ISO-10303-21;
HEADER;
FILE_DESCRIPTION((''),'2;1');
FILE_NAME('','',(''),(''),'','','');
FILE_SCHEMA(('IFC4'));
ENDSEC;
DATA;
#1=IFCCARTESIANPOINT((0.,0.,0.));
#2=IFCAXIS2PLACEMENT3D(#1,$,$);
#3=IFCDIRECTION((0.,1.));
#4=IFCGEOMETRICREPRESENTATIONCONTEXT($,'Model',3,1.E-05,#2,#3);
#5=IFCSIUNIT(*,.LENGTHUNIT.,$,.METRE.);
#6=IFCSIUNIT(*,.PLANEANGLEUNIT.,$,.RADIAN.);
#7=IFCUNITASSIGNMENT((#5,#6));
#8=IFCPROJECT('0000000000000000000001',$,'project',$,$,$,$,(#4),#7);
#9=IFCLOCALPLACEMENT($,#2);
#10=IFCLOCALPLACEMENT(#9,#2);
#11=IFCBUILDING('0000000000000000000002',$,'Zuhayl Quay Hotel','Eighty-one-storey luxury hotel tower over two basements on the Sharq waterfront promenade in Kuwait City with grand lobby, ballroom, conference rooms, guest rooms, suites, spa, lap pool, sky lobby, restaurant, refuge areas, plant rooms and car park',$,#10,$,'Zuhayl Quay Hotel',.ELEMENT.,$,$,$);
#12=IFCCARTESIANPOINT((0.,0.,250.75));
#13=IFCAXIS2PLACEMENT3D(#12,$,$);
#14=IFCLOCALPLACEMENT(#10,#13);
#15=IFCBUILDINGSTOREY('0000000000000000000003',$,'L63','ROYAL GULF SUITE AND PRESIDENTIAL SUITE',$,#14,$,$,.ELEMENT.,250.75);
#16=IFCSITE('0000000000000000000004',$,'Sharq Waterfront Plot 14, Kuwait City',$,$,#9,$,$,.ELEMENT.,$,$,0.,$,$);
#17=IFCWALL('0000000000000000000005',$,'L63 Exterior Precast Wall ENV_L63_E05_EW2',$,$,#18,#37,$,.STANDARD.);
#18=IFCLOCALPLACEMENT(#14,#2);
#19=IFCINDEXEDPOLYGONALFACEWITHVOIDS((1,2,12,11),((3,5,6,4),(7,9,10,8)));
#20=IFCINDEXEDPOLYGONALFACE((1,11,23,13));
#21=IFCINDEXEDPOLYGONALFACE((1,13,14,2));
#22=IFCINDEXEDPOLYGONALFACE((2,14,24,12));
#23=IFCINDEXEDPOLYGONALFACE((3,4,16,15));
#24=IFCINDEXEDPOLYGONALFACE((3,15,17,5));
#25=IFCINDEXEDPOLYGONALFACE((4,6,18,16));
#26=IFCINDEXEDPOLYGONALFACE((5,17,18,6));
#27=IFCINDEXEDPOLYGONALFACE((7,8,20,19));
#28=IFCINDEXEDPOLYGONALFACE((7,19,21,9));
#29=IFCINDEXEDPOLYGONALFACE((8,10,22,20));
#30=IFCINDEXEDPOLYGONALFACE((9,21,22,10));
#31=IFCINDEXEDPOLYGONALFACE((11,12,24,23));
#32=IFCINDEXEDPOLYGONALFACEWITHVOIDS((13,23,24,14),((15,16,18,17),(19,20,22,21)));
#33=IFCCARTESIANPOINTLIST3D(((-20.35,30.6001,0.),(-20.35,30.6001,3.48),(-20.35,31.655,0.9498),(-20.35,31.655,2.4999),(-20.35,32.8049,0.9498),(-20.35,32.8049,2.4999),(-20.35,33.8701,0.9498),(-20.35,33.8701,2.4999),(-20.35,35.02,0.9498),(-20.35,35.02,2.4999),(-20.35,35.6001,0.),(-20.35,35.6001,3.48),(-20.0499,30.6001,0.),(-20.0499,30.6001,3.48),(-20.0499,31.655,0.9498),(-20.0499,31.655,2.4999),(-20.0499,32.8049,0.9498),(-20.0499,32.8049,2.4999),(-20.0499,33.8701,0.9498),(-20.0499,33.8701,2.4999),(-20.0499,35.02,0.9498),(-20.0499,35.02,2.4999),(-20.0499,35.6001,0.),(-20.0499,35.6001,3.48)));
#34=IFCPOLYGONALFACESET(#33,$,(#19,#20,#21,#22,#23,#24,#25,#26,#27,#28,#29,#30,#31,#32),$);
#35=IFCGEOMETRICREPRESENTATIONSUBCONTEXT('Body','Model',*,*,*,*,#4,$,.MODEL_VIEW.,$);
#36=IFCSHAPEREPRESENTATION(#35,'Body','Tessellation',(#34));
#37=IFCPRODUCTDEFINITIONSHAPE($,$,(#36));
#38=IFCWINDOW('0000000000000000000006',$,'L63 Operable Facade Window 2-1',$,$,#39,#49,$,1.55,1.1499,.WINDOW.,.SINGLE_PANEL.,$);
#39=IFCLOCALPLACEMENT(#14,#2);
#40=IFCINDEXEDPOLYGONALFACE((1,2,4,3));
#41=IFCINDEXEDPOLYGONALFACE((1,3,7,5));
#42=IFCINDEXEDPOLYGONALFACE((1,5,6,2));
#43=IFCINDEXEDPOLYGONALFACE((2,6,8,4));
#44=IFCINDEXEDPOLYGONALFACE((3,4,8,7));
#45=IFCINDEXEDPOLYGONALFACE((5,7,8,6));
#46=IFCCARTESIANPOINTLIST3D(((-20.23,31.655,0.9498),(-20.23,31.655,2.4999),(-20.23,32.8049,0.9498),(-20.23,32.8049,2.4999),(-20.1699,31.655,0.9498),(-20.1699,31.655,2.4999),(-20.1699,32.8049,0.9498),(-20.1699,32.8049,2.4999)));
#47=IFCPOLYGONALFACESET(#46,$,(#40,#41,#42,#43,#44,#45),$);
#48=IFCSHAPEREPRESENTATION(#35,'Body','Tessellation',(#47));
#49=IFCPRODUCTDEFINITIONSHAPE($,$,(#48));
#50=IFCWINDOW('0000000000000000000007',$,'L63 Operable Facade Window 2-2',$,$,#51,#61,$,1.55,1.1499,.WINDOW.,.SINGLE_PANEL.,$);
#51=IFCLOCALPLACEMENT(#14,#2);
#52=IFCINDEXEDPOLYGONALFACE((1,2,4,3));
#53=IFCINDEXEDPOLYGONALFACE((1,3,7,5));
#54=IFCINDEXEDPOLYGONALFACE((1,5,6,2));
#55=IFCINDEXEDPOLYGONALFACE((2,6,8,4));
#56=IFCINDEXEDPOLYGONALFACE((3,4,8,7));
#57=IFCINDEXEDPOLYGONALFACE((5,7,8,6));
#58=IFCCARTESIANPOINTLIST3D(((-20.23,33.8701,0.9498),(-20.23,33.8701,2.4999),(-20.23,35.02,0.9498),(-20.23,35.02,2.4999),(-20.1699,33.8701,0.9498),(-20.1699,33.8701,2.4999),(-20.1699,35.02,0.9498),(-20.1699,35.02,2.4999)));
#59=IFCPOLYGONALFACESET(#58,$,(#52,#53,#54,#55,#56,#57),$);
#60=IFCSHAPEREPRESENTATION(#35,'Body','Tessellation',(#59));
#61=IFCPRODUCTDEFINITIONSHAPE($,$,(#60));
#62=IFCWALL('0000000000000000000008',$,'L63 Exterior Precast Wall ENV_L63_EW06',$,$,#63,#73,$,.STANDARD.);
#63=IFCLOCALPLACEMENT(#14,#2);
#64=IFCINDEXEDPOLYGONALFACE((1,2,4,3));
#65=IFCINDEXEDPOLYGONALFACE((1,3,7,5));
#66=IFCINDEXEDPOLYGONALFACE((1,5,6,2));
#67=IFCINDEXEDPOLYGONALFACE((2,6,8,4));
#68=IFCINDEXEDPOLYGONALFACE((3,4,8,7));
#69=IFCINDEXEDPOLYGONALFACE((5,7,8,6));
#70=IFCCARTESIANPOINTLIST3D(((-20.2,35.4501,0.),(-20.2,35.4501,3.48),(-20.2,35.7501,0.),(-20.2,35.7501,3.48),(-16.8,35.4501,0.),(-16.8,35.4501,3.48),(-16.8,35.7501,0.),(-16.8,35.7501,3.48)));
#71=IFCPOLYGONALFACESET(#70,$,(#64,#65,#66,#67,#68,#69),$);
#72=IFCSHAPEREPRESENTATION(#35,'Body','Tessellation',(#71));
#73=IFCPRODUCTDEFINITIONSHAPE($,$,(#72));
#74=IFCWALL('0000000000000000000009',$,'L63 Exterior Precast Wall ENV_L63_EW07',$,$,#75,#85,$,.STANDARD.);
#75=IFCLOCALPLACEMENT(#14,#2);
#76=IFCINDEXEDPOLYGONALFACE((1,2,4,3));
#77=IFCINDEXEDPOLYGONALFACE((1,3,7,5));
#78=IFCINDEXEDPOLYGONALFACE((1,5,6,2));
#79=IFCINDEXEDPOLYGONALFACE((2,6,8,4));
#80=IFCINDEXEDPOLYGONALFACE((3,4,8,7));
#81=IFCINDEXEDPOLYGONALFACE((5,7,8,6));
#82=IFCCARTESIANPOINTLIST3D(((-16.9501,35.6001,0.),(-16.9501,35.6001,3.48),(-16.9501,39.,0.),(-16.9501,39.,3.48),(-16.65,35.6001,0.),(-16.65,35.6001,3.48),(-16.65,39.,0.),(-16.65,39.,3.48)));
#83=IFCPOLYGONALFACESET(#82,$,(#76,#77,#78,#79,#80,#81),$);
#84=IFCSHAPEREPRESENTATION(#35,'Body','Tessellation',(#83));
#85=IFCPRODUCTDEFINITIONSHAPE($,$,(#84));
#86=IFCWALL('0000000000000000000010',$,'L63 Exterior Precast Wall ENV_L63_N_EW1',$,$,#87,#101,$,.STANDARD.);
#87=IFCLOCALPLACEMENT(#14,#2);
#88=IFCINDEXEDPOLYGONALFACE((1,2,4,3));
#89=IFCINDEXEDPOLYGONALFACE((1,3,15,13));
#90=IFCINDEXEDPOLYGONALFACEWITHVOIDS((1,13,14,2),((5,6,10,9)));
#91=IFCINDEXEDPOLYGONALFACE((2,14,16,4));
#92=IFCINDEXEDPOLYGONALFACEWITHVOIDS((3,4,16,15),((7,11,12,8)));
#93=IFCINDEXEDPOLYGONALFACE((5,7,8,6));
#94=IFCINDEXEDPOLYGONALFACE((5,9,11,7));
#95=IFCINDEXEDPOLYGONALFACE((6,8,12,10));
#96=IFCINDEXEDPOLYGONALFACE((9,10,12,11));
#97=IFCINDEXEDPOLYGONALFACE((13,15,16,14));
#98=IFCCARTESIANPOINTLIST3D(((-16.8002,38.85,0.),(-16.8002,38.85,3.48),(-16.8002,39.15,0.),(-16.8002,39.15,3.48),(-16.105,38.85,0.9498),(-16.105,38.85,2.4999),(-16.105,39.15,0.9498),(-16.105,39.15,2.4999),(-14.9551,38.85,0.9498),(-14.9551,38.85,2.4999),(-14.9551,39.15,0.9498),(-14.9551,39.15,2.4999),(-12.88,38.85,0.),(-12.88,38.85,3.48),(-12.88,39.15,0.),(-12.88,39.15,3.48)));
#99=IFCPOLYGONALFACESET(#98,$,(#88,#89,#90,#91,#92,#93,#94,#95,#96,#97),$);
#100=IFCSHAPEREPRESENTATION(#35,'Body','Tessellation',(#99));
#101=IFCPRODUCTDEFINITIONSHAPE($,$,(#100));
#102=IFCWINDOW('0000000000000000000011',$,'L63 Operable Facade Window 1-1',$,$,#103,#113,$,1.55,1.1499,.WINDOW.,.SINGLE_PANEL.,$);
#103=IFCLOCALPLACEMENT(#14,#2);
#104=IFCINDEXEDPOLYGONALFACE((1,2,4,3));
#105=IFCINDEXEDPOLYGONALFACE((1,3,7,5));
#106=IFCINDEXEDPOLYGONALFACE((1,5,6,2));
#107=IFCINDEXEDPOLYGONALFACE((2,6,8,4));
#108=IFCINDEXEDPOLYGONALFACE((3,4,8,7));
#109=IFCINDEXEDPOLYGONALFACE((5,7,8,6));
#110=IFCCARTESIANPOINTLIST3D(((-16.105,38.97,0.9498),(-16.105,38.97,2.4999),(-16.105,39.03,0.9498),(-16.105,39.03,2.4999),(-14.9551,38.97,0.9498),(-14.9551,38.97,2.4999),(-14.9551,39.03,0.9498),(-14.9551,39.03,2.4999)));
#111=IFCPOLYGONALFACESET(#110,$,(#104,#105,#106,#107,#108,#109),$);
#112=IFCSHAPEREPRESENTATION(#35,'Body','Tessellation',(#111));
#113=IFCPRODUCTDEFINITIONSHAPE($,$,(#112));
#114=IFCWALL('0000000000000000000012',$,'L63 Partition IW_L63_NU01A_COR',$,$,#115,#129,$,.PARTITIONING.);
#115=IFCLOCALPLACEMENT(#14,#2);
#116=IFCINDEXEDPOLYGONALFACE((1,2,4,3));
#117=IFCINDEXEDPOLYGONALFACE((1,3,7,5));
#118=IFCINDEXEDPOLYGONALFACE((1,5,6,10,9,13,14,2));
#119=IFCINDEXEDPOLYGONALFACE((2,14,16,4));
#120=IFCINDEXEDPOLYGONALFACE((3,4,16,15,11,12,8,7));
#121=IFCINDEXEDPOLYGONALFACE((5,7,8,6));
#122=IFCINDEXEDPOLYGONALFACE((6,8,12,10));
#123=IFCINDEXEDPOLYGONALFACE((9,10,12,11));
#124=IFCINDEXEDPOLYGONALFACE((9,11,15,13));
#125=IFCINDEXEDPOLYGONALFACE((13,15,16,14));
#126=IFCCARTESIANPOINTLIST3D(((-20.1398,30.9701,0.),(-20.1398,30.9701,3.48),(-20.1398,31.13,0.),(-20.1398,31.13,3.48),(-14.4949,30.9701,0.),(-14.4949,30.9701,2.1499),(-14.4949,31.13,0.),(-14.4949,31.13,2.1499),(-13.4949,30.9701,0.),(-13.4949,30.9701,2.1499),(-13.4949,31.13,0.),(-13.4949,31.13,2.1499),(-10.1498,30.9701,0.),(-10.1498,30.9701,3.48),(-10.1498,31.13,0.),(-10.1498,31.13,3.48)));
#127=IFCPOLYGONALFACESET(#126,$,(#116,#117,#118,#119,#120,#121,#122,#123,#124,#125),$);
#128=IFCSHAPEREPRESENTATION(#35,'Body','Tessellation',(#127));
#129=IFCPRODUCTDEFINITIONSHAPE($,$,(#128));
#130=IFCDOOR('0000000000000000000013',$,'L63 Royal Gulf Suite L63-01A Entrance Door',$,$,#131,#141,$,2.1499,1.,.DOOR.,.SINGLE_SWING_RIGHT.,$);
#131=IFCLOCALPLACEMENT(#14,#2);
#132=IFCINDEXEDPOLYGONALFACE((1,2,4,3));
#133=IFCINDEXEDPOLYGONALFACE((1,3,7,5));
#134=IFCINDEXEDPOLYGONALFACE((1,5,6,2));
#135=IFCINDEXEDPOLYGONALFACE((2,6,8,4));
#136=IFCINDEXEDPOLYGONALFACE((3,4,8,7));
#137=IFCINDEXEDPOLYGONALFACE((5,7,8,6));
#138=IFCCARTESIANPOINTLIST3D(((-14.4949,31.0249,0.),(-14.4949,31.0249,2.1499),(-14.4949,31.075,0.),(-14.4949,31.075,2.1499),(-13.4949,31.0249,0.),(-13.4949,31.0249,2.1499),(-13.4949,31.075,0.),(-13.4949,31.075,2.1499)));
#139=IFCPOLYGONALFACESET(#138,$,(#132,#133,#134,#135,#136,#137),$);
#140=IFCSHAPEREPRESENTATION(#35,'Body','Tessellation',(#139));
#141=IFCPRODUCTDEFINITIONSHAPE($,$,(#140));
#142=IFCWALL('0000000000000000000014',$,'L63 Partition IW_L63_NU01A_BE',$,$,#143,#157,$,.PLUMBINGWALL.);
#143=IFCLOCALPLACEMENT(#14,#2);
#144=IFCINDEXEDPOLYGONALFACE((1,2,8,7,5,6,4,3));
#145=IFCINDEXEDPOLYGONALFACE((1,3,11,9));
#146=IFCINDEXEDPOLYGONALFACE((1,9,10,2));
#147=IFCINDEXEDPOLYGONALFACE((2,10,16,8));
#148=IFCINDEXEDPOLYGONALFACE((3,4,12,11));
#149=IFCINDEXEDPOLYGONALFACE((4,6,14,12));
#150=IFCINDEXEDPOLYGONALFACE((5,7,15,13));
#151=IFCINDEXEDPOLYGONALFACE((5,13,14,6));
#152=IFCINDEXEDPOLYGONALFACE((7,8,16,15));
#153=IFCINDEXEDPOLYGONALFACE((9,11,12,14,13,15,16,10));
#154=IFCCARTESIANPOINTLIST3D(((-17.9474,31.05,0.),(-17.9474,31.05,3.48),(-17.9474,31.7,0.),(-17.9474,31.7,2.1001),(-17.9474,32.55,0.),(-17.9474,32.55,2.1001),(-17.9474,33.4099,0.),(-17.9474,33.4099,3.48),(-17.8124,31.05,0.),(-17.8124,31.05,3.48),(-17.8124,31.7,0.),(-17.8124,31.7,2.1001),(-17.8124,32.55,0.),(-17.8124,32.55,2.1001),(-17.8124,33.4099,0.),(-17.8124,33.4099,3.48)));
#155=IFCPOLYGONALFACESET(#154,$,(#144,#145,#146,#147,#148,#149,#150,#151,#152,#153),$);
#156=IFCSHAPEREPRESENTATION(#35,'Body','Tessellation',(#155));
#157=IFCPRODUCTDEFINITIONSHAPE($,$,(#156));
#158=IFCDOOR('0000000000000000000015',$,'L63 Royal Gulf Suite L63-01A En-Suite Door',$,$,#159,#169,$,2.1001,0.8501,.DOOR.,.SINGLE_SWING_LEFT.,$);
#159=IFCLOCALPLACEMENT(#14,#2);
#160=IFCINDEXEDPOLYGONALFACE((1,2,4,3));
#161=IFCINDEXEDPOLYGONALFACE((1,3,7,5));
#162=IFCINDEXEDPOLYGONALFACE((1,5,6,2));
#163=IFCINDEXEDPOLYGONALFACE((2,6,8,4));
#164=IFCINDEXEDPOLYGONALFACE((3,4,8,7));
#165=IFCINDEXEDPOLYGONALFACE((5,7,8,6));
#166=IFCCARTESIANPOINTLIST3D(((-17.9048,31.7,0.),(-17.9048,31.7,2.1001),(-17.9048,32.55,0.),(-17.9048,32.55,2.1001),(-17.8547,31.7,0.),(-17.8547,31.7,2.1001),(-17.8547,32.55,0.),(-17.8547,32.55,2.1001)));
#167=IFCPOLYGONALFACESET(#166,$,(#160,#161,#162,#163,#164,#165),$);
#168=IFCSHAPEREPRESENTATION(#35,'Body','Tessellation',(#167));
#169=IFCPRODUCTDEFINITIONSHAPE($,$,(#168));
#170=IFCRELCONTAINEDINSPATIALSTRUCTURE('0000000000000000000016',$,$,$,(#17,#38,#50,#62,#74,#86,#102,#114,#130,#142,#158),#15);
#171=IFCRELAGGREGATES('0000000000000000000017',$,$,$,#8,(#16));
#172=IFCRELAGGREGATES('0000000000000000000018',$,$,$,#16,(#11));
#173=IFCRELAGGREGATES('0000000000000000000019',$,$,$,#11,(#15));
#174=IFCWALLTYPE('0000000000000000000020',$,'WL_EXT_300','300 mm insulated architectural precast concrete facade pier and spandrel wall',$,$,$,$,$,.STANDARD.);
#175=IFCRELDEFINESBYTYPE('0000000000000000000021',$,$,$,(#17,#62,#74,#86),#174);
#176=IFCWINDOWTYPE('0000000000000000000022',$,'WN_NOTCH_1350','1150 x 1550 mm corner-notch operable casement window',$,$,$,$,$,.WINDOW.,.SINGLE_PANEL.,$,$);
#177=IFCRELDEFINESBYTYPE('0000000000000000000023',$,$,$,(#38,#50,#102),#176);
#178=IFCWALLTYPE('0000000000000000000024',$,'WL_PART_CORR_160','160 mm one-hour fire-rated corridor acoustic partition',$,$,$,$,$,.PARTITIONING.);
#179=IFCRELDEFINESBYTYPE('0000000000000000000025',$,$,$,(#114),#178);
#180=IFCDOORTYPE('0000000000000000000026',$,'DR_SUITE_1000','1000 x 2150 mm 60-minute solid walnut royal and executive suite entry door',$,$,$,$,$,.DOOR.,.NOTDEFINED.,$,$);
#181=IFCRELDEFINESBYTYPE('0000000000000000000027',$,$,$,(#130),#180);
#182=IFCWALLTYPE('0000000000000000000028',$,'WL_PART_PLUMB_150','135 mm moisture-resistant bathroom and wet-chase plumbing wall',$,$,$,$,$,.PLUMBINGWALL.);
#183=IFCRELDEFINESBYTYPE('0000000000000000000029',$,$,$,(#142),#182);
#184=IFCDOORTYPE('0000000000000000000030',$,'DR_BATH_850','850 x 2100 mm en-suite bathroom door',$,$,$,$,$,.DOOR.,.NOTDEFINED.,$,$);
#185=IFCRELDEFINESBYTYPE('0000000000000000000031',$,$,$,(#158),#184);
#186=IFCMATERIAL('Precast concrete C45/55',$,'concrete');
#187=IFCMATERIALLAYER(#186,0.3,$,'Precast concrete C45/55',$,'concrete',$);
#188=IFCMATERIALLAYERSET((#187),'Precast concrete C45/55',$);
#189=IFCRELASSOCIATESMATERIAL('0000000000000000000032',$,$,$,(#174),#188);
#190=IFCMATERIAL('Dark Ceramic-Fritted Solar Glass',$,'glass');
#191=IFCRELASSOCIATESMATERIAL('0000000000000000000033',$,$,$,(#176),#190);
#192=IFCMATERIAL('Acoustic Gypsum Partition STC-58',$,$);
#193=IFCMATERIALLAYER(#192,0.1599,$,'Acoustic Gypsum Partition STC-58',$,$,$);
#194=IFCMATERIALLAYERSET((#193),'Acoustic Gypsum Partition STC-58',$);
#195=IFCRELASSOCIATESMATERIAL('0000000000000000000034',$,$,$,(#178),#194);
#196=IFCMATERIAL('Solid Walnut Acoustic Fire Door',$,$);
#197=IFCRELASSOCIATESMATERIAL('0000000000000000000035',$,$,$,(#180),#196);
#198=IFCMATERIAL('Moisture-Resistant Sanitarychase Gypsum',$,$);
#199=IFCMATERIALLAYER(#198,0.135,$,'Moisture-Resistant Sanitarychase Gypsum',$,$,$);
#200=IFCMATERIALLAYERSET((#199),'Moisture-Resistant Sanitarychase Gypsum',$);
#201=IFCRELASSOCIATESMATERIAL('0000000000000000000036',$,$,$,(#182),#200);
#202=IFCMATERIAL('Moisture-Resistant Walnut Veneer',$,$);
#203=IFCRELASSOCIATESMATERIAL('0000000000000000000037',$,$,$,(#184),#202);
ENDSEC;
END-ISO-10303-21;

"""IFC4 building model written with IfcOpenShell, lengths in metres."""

from ifc_helpers import new_model, si_unit, direction, frame, frame_2d, origin, place, context, subcontext, project, spatial, rectangle, extrude, material, layer, layer_set, type_object, element, fill, save


model = new_model("IFC4")

# Units and contexts
model_context = context("Model", 3, precision=1e-05, world=origin(), true_north=direction((0.0, 1.0)))
body_context = subcontext(model_context, "Body", "Model", "MODEL_VIEW")
ifc_project = project(units=[si_unit("LENGTHUNIT", "METRE"), si_unit("PLANEANGLEUNIT", "RADIAN")], contexts=[model_context])

# Site, building, storey
site_placement = place(None, origin())
site = spatial("IfcSite", under=ifc_project, at=site_placement, Name="Sharq Waterfront Plot 14, Kuwait City", CompositionType="ELEMENT", RefElevation=0.0)
building_placement = place(site_placement, origin())
building = spatial("IfcBuilding", under=site, at=building_placement, Name="Zuhayl Quay Hotel", Description="Eighty-one-storey luxury hotel tower over two basements on the Sharq waterfront promenade in Kuwait City with grand lobby, ballroom, conference rooms, guest rooms, suites, spa, lap pool, sky lobby, restaurant, refuge areas, plant rooms and car park", LongName="Zuhayl Quay Hotel", CompositionType="ELEMENT")
storey_placement = place(building_placement, frame((0.0, 0.0, 250.75)))
storey = spatial("IfcBuildingStorey", under=building, at=storey_placement, Name="L63", Description="ROYAL GULF SUITE AND PRESIDENTIAL SUITE", CompositionType="ELEMENT", Elevation=250.75)

# Wall, openings, windows
ifc_material_1 = material(Name="Precast concrete C45/55", Category="concrete")
ifc_layer_1 = layer(ifc_material_1, 0.3, Name="Precast concrete C45/55", Category="concrete")
ifc_layer_set_1 = layer_set([ifc_layer_1], Name="Precast concrete C45/55")
wall_type_1 = type_object("IfcWallType", Name="WL_EXT_300", Description="300 mm insulated architectural precast concrete facade pier and spandrel wall", PredefinedType="STANDARD", material=ifc_layer_set_1)
wall_1_placement = place(storey_placement, frame((-20.2, 30.6001, 0.0), z_axis=(0.0, 0.0, 1.0), x_axis=(0.0, 1.0, 0.0)))
wall_1 = element("IfcWall", 1, at=wall_1_placement, inside=storey, type_object=wall_type_1, Name="L63 Exterior Precast Wall ENV_L63_E05_EW2", PredefinedType="STANDARD", context=body_context, shape_type="SweptSolid", body=[
    extrude(rectangle(XDim=5.0, YDim=0.3, at=frame_2d((2.5, 0.0))), origin(), (0.0, 0.0, 1.0), 3.48),
])
opening_1_placement = place(wall_1_placement, frame((1.0549, 0.0, 0.95)))
opening_1 = element("IfcOpeningElement", 2, at=opening_1_placement, cuts=wall_1, PredefinedType="OPENING", context=body_context, shape_type="SweptSolid", body=[
    extrude(rectangle(XDim=1.1499, YDim=1.55, at=frame_2d((0.575, 0.7749))), frame((0.0, 0.1599, 0.0), z_axis=(0.0, -1.0, 0.0), x_axis=(1.0, 0.0, 0.0)), (0.0, 0.0, 1.0), 0.3201),
])
opening_2_placement = place(wall_1_placement, frame((3.27, 0.0, 0.95)))
opening_2 = element("IfcOpeningElement", 3, at=opening_2_placement, cuts=wall_1, PredefinedType="OPENING", context=body_context, shape_type="SweptSolid", body=[
    extrude(rectangle(XDim=1.1499, YDim=1.55, at=frame_2d((0.575, 0.7749))), frame((0.0, 0.1599, 0.0), z_axis=(0.0, -1.0, 0.0), x_axis=(1.0, 0.0, 0.0)), (0.0, 0.0, 1.0), 0.3201),
])
ifc_material_2 = material(Name="Dark Ceramic-Fritted Solar Glass", Category="glass")
window_type = type_object("IfcWindowType", Name="WN_NOTCH_1350", Description="1150 x 1550 mm corner-notch operable casement window", PartitioningType="SINGLE_PANEL", PredefinedType="WINDOW", material=ifc_material_2)
window_1_placement = place(opening_1_placement, origin())
window_1 = element("IfcWindow", 4, at=window_1_placement, inside=storey, type_object=window_type, Name="L63 Operable Facade Window 2-1", OverallHeight=1.55, OverallWidth=1.1499, PartitioningType="SINGLE_PANEL", PredefinedType="WINDOW", context=body_context, shape_type="SweptSolid", body=[
    extrude(rectangle(XDim=1.1499, YDim=1.55, at=frame_2d((0.575, 0.7749))), frame((0.0, 0.03, 0.0), z_axis=(0.0, -1.0, 0.0), x_axis=(1.0, 0.0, 0.0)), (0.0, 0.0, 1.0), 0.0601),
])
fill(opening_1, window_1)
window_2_placement = place(opening_2_placement, origin())
window_2 = element("IfcWindow", 5, at=window_2_placement, inside=storey, type_object=window_type, Name="L63 Operable Facade Window 2-2", OverallHeight=1.55, OverallWidth=1.1499, PartitioningType="SINGLE_PANEL", PredefinedType="WINDOW", context=body_context, shape_type="SweptSolid", body=[
    extrude(rectangle(XDim=1.1499, YDim=1.55, at=frame_2d((0.575, 0.7749))), frame((0.0, 0.03, 0.0), z_axis=(0.0, -1.0, 0.0), x_axis=(1.0, 0.0, 0.0)), (0.0, 0.0, 1.0), 0.0601),
])
fill(opening_2, window_2)

# Walls
for number, where, z_axis, x_axis, name in (
    (6, (-20.2, 35.6001, 0.0), (0.0, 0.0, 1.0), (1.0, 0.0, 0.0), "L63 Exterior Precast Wall ENV_L63_EW06"),
    (7, (-16.8, 35.6001, 0.0), (0.0, 0.0, 1.0), (0.0, 1.0, 0.0), "L63 Exterior Precast Wall ENV_L63_EW07"),
):
    element("IfcWall", number, at=place(storey_placement, frame(where, z_axis=z_axis, x_axis=x_axis)), inside=storey, type_object=wall_type_1, Name=name, PredefinedType="STANDARD", context=body_context, shape_type="SweptSolid", body=[
        extrude(rectangle(XDim=3.3999, YDim=0.3, at=frame_2d((1.7, 0.0))), origin(), (0.0, 0.0, 1.0), 3.48),
    ])

# Wall, opening, window
wall_2_placement = place(storey_placement, frame((-16.8, 39.0, 0.0), z_axis=(0.0, 0.0, 1.0), x_axis=(1.0, 0.0, 0.0)))
wall_2 = element("IfcWall", 8, at=wall_2_placement, inside=storey, type_object=wall_type_1, Name="L63 Exterior Precast Wall ENV_L63_N_EW1", PredefinedType="STANDARD", context=body_context, shape_type="SweptSolid", body=[
    extrude(rectangle(XDim=3.9202, YDim=0.3, at=frame_2d((1.96, 0.0))), origin(), (0.0, 0.0, 1.0), 3.48),
])
opening_3_placement = place(wall_2_placement, frame((0.6951, 0.0, 0.95)))
opening_3 = element("IfcOpeningElement", 9, at=opening_3_placement, cuts=wall_2, PredefinedType="OPENING", context=body_context, shape_type="SweptSolid", body=[
    extrude(rectangle(XDim=1.1499, YDim=1.55, at=frame_2d((0.575, 0.7749))), frame((0.0, 0.1599, 0.0), z_axis=(0.0, -1.0, 0.0), x_axis=(1.0, 0.0, 0.0)), (0.0, 0.0, 1.0), 0.3201),
])
window_3_placement = place(opening_3_placement, origin())
window_3 = element("IfcWindow", 10, at=window_3_placement, inside=storey, type_object=window_type, Name="L63 Operable Facade Window 1-1", OverallHeight=1.55, OverallWidth=1.1499, PartitioningType="SINGLE_PANEL", PredefinedType="WINDOW", context=body_context, shape_type="SweptSolid", body=[
    extrude(rectangle(XDim=1.1499, YDim=1.55, at=frame_2d((0.575, 0.7749))), frame((0.0, 0.03, 0.0), z_axis=(0.0, -1.0, 0.0), x_axis=(1.0, 0.0, 0.0)), (0.0, 0.0, 1.0), 0.0601),
])
fill(opening_3, window_3)

# Walls, openings, doors
ifc_material_3 = material(Name="Acoustic Gypsum Partition STC-58")
ifc_layer_2 = layer(ifc_material_3, 0.1599, Name="Acoustic Gypsum Partition STC-58")
ifc_layer_set_2 = layer_set([ifc_layer_2], Name="Acoustic Gypsum Partition STC-58")
wall_type_2 = type_object("IfcWallType", Name="WL_PART_CORR_160", Description="160 mm one-hour fire-rated corridor acoustic partition", PredefinedType="PARTITIONING", material=ifc_layer_set_2)
wall_3_placement = place(storey_placement, frame((-20.1399, 31.05, 0.0), z_axis=(0.0, 0.0, 1.0), x_axis=(1.0, 0.0, 0.0)))
wall_3 = element("IfcWall", 11, at=wall_3_placement, inside=storey, type_object=wall_type_2, Name="L63 Partition IW_L63_NU01A_COR", PredefinedType="PARTITIONING", context=body_context, shape_type="SweptSolid", body=[
    extrude(rectangle(XDim=9.99, YDim=0.1599, at=frame_2d((4.9951, 0.0))), origin(), (0.0, 0.0, 1.0), 3.48),
])
opening_4_placement = place(wall_3_placement, frame((5.645, 0.0, 0.0)))
opening_4 = element("IfcOpeningElement", 12, at=opening_4_placement, cuts=wall_3, PredefinedType="OPENING", context=body_context, shape_type="SweptSolid", body=[
    extrude(rectangle(XDim=1.0, YDim=2.1499, at=frame_2d((0.5, 1.075))), frame((0.0, 0.0898, 0.0), z_axis=(0.0, -1.0, 0.0), x_axis=(1.0, 0.0, 0.0)), (0.0, 0.0, 1.0), 0.1799),
])
ifc_material_4 = material(Name="Solid Walnut Acoustic Fire Door")
door_type_1 = type_object("IfcDoorType", Name="DR_SUITE_1000", Description="1000 x 2150 mm 60-minute solid walnut royal and executive suite entry door", OperationType="NOTDEFINED", PredefinedType="DOOR", material=ifc_material_4)
door_1_placement = place(opening_4_placement, origin())
door_1 = element("IfcDoor", 13, at=door_1_placement, inside=storey, type_object=door_type_1, Name="L63 Royal Gulf Suite L63-01A Entrance Door", OperationType="SINGLE_SWING_RIGHT", OverallHeight=2.1499, OverallWidth=1.0, PredefinedType="DOOR", context=body_context, shape_type="SweptSolid", body=[
    extrude(rectangle(XDim=1.0, YDim=2.1499, at=frame_2d((0.5, 1.075))), frame((0.0, 0.0249, 0.0), z_axis=(0.0, -1.0, 0.0), x_axis=(1.0, 0.0, 0.0)), (0.0, 0.0, 1.0), 0.05),
])
fill(opening_4, door_1)
ifc_material_5 = material(Name="Moisture-Resistant Sanitarychase Gypsum")
ifc_layer_3 = layer(ifc_material_5, 0.135, Name="Moisture-Resistant Sanitarychase Gypsum")
ifc_layer_set_3 = layer_set([ifc_layer_3], Name="Moisture-Resistant Sanitarychase Gypsum")
wall_type_3 = type_object("IfcWallType", Name="WL_PART_PLUMB_150", Description="135 mm moisture-resistant bathroom and wet-chase plumbing wall", PredefinedType="PLUMBINGWALL", material=ifc_layer_set_3)
wall_4_placement = place(storey_placement, frame((-17.8799, 31.05, 0.0), z_axis=(0.0, 0.0, 1.0), x_axis=(0.0, 1.0, 0.0)))
wall_4 = element("IfcWall", 14, at=wall_4_placement, inside=storey, type_object=wall_type_3, Name="L63 Partition IW_L63_NU01A_BE", PredefinedType="PLUMBINGWALL", context=body_context, shape_type="SweptSolid", body=[
    extrude(rectangle(XDim=2.3599, YDim=0.135, at=frame_2d((1.1799, 0.0))), origin(), (0.0, 0.0, 1.0), 3.48),
])
opening_5_placement = place(wall_4_placement, frame((0.6499, 0.0, 0.0)))
opening_5 = element("IfcOpeningElement", 15, at=opening_5_placement, cuts=wall_4, PredefinedType="OPENING", context=body_context, shape_type="SweptSolid", body=[
    extrude(rectangle(XDim=0.8501, YDim=2.1001, at=frame_2d((0.425, 1.05))), frame((0.0, 0.0774, 0.0), z_axis=(0.0, -1.0, 0.0), x_axis=(1.0, 0.0, 0.0)), (0.0, 0.0, 1.0), 0.155),
])
ifc_material_6 = material(Name="Moisture-Resistant Walnut Veneer")
door_type_2 = type_object("IfcDoorType", Name="DR_BATH_850", Description="850 x 2100 mm en-suite bathroom door", OperationType="NOTDEFINED", PredefinedType="DOOR", material=ifc_material_6)
door_2_placement = place(opening_5_placement, origin())
door_2 = element("IfcDoor", 16, at=door_2_placement, inside=storey, type_object=door_type_2, Name="L63 Royal Gulf Suite L63-01A En-Suite Door", OperationType="SINGLE_SWING_LEFT", OverallHeight=2.1001, OverallWidth=0.8501, PredefinedType="DOOR", context=body_context, shape_type="SweptSolid", body=[
    extrude(rectangle(XDim=0.8501, YDim=2.1001, at=frame_2d((0.425, 1.05))), frame((0.0, 0.0249, 0.0), z_axis=(0.0, -1.0, 0.0), x_axis=(1.0, 0.0, 0.0)), (0.0, 0.0, 1.0), 0.05),
])
fill(opening_5, door_2)

save(model, "model.ifc")
